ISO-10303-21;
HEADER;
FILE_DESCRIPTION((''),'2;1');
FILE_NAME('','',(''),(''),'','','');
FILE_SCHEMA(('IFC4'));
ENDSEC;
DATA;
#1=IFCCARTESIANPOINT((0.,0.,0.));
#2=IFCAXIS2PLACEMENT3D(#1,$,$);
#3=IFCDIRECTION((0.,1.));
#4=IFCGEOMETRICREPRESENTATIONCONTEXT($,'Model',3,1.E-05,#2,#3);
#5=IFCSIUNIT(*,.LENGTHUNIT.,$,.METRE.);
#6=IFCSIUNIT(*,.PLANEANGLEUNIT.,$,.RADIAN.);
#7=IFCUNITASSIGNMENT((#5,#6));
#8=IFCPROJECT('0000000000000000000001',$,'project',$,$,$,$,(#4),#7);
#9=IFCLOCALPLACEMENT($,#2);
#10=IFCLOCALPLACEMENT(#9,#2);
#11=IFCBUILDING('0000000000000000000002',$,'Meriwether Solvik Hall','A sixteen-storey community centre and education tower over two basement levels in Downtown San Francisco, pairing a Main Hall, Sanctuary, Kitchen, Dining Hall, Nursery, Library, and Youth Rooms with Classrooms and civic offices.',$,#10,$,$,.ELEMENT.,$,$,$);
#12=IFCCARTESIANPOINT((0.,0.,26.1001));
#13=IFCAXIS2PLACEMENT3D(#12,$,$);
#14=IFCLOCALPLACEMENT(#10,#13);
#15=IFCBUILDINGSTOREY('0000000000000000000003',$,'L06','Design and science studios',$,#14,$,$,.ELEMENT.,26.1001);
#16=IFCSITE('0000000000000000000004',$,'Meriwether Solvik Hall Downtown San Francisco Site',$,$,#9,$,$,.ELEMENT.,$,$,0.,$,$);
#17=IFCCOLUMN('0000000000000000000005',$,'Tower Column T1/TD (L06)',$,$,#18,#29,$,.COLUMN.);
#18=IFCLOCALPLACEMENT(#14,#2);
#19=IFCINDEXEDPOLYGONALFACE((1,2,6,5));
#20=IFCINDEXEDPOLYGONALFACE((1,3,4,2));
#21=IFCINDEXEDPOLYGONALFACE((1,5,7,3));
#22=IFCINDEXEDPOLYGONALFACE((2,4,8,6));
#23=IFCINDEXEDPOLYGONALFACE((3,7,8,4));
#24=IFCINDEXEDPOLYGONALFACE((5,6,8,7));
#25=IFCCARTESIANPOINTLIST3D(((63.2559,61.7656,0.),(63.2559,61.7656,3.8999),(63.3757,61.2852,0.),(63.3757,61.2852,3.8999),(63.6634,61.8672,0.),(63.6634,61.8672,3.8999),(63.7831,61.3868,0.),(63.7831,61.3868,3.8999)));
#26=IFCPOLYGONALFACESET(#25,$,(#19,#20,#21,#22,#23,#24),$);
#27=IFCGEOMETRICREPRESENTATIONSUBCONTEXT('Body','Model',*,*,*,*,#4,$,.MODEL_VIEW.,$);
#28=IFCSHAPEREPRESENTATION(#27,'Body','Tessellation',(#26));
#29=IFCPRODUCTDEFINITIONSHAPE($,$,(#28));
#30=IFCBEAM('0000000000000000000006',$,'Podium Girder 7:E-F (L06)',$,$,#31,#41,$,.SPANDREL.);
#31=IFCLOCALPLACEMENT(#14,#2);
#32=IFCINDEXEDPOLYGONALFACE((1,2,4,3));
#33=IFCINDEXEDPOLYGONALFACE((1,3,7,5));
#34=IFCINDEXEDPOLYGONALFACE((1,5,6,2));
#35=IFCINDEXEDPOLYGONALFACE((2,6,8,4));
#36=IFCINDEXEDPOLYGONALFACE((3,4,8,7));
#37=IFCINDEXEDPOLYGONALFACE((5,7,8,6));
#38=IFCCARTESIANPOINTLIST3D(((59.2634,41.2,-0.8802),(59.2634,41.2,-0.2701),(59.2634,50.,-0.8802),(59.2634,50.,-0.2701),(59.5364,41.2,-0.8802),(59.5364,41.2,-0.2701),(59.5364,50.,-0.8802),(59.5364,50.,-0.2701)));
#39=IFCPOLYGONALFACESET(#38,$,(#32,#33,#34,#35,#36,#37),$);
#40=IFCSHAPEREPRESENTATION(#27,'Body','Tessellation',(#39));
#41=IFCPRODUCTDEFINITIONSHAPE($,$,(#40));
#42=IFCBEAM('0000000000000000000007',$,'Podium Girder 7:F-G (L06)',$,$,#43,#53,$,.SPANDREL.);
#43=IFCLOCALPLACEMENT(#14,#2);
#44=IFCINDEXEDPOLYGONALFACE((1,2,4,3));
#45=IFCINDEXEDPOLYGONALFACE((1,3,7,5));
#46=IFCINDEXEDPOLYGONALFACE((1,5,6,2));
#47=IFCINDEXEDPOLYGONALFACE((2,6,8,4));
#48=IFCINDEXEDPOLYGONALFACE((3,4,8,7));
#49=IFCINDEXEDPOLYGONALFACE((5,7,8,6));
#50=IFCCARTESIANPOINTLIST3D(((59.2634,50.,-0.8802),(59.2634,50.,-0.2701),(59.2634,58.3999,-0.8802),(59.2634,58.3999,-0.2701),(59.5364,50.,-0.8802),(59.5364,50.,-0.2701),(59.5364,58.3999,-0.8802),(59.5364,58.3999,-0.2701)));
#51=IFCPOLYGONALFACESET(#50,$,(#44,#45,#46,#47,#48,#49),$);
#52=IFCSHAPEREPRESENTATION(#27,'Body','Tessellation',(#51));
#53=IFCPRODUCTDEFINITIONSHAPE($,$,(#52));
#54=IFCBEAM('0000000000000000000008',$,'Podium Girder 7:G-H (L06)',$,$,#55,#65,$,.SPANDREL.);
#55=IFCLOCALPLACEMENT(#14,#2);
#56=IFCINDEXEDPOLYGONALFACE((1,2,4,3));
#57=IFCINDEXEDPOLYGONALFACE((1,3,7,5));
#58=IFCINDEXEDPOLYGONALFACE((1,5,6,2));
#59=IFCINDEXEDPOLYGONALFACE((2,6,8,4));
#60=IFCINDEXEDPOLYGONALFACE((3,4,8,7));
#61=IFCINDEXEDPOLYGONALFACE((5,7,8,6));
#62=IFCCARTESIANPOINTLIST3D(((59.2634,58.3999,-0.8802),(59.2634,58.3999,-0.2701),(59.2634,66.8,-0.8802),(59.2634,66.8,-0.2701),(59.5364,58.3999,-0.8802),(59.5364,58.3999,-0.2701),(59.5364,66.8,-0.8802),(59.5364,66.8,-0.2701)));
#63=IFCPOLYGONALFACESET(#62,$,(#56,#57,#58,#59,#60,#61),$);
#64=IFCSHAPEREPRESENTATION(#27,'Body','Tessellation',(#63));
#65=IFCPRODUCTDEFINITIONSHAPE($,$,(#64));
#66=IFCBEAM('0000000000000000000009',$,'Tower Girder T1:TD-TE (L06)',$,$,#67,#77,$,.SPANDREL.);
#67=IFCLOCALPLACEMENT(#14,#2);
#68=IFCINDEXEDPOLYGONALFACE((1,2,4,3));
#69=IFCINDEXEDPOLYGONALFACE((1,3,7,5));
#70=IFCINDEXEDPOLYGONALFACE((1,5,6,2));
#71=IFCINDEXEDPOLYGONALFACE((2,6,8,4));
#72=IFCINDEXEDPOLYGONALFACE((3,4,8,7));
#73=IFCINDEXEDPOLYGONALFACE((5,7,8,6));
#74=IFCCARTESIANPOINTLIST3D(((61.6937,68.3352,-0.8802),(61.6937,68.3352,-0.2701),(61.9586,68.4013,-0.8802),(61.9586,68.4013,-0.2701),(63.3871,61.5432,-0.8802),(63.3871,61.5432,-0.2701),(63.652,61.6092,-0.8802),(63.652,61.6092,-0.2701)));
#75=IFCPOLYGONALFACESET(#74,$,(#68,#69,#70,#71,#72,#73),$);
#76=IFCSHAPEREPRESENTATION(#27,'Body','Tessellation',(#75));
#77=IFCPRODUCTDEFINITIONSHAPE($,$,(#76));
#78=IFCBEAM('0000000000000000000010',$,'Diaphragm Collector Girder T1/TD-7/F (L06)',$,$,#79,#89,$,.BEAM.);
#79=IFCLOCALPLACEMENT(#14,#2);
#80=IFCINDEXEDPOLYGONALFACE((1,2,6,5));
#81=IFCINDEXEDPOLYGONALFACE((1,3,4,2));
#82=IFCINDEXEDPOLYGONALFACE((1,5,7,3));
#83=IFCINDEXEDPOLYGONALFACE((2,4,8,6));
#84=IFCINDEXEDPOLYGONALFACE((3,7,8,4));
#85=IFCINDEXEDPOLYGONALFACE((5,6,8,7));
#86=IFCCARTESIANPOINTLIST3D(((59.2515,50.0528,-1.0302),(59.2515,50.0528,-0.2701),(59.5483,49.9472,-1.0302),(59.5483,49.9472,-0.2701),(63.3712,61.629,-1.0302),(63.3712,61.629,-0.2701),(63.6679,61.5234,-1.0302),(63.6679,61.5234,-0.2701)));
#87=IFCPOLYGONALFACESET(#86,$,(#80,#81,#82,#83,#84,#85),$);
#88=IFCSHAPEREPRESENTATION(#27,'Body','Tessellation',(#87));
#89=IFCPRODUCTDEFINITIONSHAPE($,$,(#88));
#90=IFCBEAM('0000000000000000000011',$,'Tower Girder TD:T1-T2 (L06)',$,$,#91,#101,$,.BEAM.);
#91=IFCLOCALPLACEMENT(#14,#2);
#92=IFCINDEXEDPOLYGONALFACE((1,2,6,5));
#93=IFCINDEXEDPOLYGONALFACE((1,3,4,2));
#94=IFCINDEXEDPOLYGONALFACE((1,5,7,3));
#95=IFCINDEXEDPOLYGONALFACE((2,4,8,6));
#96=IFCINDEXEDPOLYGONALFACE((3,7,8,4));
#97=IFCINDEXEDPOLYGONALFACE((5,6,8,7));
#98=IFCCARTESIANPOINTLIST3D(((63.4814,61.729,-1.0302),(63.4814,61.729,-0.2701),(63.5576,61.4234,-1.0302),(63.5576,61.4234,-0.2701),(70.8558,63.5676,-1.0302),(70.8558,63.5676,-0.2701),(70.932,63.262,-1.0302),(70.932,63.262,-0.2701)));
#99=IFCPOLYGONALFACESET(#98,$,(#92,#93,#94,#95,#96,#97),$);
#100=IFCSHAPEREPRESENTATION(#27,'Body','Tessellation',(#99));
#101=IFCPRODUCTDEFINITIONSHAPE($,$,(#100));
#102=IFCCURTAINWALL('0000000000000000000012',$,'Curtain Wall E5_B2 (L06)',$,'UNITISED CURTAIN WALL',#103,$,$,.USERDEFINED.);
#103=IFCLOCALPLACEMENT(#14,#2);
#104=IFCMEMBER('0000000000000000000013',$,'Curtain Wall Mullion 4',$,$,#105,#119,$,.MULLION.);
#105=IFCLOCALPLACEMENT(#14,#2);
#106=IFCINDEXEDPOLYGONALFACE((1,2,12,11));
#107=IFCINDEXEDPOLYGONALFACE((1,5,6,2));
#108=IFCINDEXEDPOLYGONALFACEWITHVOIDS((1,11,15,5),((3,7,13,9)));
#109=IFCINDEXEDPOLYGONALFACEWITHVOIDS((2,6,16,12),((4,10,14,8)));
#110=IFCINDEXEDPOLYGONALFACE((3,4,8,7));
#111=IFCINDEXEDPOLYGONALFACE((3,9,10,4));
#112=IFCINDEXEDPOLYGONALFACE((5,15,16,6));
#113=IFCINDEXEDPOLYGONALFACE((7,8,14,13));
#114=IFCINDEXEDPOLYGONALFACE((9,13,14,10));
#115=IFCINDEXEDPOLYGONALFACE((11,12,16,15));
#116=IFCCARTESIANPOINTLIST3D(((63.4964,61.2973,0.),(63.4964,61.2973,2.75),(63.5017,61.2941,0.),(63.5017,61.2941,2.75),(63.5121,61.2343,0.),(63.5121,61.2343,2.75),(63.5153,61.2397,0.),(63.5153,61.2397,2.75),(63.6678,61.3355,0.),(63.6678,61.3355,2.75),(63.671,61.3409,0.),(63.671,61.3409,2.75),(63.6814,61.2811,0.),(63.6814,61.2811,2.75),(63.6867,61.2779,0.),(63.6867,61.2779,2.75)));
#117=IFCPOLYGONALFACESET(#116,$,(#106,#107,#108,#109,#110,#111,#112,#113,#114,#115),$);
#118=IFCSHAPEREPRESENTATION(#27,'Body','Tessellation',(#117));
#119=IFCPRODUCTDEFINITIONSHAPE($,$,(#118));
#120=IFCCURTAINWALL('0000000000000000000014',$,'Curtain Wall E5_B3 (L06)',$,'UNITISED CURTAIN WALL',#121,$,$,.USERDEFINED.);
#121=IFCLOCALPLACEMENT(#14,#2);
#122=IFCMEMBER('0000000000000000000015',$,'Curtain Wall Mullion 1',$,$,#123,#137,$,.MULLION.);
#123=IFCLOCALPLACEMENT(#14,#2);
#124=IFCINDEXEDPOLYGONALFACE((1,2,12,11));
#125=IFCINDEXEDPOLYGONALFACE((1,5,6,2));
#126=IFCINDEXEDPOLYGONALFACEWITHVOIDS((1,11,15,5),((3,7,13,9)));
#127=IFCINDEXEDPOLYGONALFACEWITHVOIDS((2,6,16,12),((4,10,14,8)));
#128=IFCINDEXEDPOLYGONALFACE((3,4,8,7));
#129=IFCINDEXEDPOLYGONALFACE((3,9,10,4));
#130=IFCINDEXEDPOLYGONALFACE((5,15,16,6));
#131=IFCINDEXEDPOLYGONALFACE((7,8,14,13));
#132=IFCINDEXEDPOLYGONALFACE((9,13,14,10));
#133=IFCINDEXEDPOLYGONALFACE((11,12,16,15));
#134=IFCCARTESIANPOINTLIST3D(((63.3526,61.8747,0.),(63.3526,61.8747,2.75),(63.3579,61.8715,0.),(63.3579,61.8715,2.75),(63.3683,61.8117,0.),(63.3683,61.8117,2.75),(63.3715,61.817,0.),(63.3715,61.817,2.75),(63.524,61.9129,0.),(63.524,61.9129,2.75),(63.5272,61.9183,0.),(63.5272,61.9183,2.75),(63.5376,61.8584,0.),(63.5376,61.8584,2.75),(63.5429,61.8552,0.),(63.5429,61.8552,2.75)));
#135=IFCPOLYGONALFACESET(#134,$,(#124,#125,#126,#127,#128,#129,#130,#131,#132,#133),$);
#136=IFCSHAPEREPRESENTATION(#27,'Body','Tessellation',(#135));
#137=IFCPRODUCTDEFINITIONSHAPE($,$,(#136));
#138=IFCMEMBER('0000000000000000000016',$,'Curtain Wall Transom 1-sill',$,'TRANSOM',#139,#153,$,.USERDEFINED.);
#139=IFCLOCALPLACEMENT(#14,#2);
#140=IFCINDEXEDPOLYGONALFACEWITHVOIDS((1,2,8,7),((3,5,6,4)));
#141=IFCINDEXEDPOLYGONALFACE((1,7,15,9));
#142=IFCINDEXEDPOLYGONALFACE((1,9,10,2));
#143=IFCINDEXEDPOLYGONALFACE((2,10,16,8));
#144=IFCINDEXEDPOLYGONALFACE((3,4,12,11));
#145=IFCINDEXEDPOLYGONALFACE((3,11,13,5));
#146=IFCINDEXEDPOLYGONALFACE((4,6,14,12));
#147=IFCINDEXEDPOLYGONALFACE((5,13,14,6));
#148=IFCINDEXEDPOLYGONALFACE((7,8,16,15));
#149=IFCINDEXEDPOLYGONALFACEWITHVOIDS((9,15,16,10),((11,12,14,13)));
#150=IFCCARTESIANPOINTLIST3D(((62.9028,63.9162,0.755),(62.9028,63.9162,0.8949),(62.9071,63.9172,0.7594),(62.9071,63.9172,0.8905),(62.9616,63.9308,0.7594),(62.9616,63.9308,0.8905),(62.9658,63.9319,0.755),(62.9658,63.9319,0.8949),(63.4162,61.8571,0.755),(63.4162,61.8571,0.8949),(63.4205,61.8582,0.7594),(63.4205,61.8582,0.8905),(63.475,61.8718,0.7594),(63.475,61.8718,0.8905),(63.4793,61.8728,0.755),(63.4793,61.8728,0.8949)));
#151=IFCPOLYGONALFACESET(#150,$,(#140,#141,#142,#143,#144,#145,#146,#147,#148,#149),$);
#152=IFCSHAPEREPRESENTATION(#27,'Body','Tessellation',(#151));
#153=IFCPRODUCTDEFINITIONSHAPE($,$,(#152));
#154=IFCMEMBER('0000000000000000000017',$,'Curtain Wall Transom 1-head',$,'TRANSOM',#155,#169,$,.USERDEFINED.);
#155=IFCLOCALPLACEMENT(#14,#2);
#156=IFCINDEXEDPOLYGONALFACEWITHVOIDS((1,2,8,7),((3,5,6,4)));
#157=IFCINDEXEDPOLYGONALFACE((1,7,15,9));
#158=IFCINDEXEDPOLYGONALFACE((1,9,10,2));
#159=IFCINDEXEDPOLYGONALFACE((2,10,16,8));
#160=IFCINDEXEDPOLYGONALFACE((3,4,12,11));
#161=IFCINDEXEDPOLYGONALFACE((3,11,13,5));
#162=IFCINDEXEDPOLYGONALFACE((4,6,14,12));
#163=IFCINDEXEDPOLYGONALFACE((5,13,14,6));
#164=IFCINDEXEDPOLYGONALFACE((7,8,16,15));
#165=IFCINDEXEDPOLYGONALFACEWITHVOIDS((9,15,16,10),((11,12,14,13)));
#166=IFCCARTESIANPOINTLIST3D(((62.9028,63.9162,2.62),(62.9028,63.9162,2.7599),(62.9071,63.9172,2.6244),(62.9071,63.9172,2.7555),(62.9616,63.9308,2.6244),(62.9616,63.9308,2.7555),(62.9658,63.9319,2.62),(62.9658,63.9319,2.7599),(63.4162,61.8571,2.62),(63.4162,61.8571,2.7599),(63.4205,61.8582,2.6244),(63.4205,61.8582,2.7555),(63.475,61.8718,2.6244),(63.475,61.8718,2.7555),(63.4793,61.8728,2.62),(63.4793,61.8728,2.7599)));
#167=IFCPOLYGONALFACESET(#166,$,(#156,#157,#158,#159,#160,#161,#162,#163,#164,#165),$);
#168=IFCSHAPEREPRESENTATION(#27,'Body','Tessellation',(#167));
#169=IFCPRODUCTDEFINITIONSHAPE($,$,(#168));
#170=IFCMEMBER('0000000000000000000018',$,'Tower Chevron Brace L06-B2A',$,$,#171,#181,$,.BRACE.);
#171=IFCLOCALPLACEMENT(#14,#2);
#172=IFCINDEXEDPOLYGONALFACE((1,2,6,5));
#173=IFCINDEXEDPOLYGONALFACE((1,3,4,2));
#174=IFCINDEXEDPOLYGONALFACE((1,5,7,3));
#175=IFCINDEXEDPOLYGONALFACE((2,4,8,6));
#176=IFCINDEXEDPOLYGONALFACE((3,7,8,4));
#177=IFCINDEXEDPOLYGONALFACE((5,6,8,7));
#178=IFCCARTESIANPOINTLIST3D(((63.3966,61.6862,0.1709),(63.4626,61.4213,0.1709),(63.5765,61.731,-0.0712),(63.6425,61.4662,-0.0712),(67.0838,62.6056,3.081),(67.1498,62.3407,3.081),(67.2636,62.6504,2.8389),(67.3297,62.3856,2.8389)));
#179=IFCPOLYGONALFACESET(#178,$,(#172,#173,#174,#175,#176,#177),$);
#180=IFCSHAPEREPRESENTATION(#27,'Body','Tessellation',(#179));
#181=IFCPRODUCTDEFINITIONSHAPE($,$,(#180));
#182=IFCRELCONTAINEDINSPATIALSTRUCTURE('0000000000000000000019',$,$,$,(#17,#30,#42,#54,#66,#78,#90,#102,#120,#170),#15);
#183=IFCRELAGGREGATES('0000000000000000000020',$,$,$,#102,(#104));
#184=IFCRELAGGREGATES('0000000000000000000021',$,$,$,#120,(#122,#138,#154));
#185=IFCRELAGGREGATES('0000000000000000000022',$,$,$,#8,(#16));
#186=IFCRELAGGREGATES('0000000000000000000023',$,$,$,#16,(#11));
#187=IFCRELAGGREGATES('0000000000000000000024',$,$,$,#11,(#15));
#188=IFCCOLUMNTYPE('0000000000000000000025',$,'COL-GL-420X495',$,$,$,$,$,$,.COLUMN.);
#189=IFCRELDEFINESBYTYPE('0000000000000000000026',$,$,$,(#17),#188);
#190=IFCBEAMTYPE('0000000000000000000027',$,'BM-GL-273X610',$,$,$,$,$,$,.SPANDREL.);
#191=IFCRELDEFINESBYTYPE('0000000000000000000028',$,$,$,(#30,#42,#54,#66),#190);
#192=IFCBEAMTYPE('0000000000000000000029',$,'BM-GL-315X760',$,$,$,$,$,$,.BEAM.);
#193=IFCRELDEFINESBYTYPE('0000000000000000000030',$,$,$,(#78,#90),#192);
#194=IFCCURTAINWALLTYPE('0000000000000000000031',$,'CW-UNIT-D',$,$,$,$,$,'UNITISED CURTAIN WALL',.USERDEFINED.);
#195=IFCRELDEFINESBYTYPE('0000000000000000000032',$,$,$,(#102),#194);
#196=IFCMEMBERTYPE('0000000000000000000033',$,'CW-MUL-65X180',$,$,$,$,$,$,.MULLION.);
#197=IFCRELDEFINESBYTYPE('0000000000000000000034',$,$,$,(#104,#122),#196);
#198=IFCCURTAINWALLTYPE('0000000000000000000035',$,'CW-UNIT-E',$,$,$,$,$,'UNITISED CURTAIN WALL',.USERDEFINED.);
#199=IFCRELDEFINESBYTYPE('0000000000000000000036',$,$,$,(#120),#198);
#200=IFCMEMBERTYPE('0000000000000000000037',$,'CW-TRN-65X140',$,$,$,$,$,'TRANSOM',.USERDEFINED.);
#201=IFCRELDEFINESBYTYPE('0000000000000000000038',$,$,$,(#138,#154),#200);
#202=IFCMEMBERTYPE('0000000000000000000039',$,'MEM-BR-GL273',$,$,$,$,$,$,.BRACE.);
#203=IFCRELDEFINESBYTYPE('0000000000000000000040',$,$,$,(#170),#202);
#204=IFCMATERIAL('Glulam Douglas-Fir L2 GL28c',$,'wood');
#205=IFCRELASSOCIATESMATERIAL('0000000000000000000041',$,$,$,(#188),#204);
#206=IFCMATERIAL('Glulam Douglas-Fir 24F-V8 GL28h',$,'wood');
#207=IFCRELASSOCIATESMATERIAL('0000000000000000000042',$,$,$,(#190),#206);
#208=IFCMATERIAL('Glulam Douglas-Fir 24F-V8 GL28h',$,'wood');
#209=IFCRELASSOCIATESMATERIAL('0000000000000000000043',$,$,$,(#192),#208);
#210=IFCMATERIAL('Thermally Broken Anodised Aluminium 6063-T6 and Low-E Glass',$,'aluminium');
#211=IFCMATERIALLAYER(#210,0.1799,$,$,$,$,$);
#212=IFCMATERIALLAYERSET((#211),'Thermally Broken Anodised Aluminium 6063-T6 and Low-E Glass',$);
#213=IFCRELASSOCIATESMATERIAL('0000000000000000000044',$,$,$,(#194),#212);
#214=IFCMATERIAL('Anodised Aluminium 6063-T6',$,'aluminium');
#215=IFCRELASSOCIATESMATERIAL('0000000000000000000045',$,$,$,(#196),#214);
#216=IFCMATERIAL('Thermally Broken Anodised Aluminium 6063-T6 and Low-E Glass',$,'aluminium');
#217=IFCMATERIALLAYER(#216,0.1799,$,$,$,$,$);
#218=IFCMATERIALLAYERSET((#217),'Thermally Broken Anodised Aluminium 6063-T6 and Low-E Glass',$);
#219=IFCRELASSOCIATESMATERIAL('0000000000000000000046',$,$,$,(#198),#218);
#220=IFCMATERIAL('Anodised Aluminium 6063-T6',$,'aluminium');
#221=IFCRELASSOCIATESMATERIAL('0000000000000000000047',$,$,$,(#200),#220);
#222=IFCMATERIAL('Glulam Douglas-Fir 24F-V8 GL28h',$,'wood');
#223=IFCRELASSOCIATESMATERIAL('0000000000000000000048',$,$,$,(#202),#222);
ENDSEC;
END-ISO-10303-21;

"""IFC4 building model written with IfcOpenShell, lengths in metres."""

from ifc_helpers import new_model, si_unit, direction, frame, origin, origin_2d, place, context, subcontext, project, spatial, rectangle, hollow_rectangle, extrude, material, layer, layer_set, material_profile, profile_set, type_object, element, aggregate, save


model = new_model("IFC4")

# Units and contexts
model_context = context("Model", 3, precision=1e-05, world=origin(), true_north=direction((0.0, 1.0)))
body_context = subcontext(model_context, "Body", "Model", "MODEL_VIEW")
ifc_project = project(units=[si_unit("LENGTHUNIT", "METRE"), si_unit("PLANEANGLEUNIT", "RADIAN")], contexts=[model_context])

# Site, building, storey
site_placement = place(None, origin())
site = spatial("IfcSite", under=ifc_project, at=site_placement, Name="Meriwether Solvik Hall Downtown San Francisco Site", CompositionType="ELEMENT", RefElevation=0.0)
building_placement = place(site_placement, origin())
building = spatial("IfcBuilding", under=site, at=building_placement, Name="Meriwether Solvik Hall", Description="A sixteen-storey community centre and education tower over two basement levels in Downtown San Francisco, pairing a Main Hall, Sanctuary, Kitchen, Dining Hall, Nursery, Library, and Youth Rooms with Classrooms and civic offices.", CompositionType="ELEMENT")
storey_placement = place(building_placement, frame((0.0, 0.0, 26.1001)))
storey = spatial("IfcBuildingStorey", under=building, at=storey_placement, Name="L06", Description="Design and science studios", CompositionType="ELEMENT", Elevation=26.1001)

# Column
ifc_material_1 = material(Name="Glulam Douglas-Fir L2 GL28c", Category="wood")
ifc_material_profile_1 = material_profile(ifc_material_1, rectangle(XDim=0.4199, YDim=0.4951, at=origin_2d()), Name="GLC-420X495")
ifc_profile_set_1 = profile_set([ifc_material_profile_1], Name="Glulam Douglas-Fir L2 GL28c")
column_type = type_object("IfcColumnType", Name="COL-GL-420X495", PredefinedType="COLUMN", material=ifc_profile_set_1)
column_placement = place(storey_placement, frame((63.5195, 61.5762, 0.0), z_axis=(0.0, 0.0, 1.0), x_axis=(0.970296, 0.241922, 0.0)))
element("IfcColumn", 1, at=column_placement, inside=storey, type_object=column_type, Name="Tower Column T1/TD (L06)", PredefinedType="COLUMN", context=body_context, shape_type="SweptSolid", body=[
    extrude(rectangle(XDim=0.4199, YDim=0.4951, at=origin_2d()), origin(), (0.0, 0.0, 1.0), 3.8999),
])

# Beams
ifc_material_2 = material(Name="Glulam Douglas-Fir 24F-V8 GL28h", Category="wood")
ifc_material_profile_2 = material_profile(ifc_material_2, rectangle(XDim=0.2729, YDim=0.6101, at=origin_2d()), Name="GLB-273X610")
ifc_profile_set_2 = profile_set([ifc_material_profile_2], Name="Glulam Douglas-Fir 24F-V8 GL28h")
beam_type_1 = type_object("IfcBeamType", Name="BM-GL-273X610", PredefinedType="SPANDREL", material=ifc_profile_set_2)
beam_1_placement = place(storey_placement, frame((59.3999, 41.2, -0.5752), z_axis=(0.0, 1.0, 0.0), x_axis=(-1.0, 0.0, 0.0)))
element("IfcBeam", 2, at=beam_1_placement, inside=storey, type_object=beam_type_1, Name="Podium Girder 7:E-F (L06)", PredefinedType="SPANDREL", context=body_context, shape_type="SweptSolid", body=[
    extrude(rectangle(XDim=0.2729, YDim=0.6101, at=origin_2d()), origin(), (0.0, 0.0, 1.0), 8.8),
])
beam_2_placement = place(storey_placement, frame((59.3999, 50.0, -0.5752), z_axis=(0.0, 1.0, 0.0), x_axis=(-1.0, 0.0, 0.0)))
element("IfcBeam", 3, at=beam_2_placement, inside=storey, type_object=beam_type_1, Name="Podium Girder 7:F-G (L06)", PredefinedType="SPANDREL", context=body_context, shape_type="SweptSolid", body=[
    extrude(rectangle(XDim=0.2729, YDim=0.6101, at=origin_2d()), origin(), (0.0, 0.0, 1.0), 8.3999),
])
beam_3_placement = place(storey_placement, frame((59.3999, 58.3999, -0.5752), z_axis=(0.0, 1.0, 0.0), x_axis=(-1.0, 0.0, 0.0)))
element("IfcBeam", 4, at=beam_3_placement, inside=storey, type_object=beam_type_1, Name="Podium Girder 7:G-H (L06)", PredefinedType="SPANDREL", context=body_context, shape_type="SweptSolid", body=[
    extrude(rectangle(XDim=0.2729, YDim=0.6101, at=origin_2d()), origin(), (0.0, 0.0, 1.0), 8.4001),
])
beam_4_placement = place(storey_placement, frame((63.5195, 61.5762, -0.5752), z_axis=(-0.241912, 0.970298, 0.0), x_axis=(-0.970298, -0.241912, 0.0)))
element("IfcBeam", 5, at=beam_4_placement, inside=storey, type_object=beam_type_1, Name="Tower Girder T1:TD-TE (L06)", PredefinedType="SPANDREL", context=body_context, shape_type="SweptSolid", body=[
    extrude(rectangle(XDim=0.2729, YDim=0.6101, at=origin_2d()), origin(), (0.0, 0.0, 1.0), 7.0),
])
ifc_material_3 = material(Name="Glulam Douglas-Fir 24F-V8 GL28h", Category="wood")
ifc_material_profile_3 = material_profile(ifc_material_3, rectangle(XDim=0.3149, YDim=0.76, at=origin_2d()), Name="GLB-315X760")
ifc_profile_set_3 = profile_set([ifc_material_profile_3], Name="Glulam Douglas-Fir 24F-V8 GL28h")
beam_type_2 = type_object("IfcBeamType", Name="BM-GL-315X760", PredefinedType="BEAM", material=ifc_profile_set_3)
beam_5_placement = place(storey_placement, frame((63.5195, 61.5762, -0.6501), z_axis=(-0.335274, -0.942121, 0.0), x_axis=(0.942121, -0.335274, 0.0)))
element("IfcBeam", 6, at=beam_5_placement, inside=storey, type_object=beam_type_2, Name="Diaphragm Collector Girder T1/TD-7/F (L06)", PredefinedType="BEAM", context=body_context, shape_type="SweptSolid", body=[
    extrude(rectangle(XDim=0.3149, YDim=0.76, at=origin_2d()), origin(), (0.0, 0.0, 1.0), 12.2874),
])
beam_6_placement = place(storey_placement, frame((63.5195, 61.5762, -0.6501), z_axis=(0.970295, 0.241923, 0.0), x_axis=(-0.241923, 0.970295, 0.0)))
element("IfcBeam", 7, at=beam_6_placement, inside=storey, type_object=beam_type_2, Name="Tower Girder TD:T1-T2 (L06)", PredefinedType="BEAM", context=body_context, shape_type="SweptSolid", body=[
    extrude(rectangle(XDim=0.3149, YDim=0.76, at=origin_2d()), origin(), (0.0, 0.0, 1.0), 7.6001),
])

# Curtain wall, member
ifc_material_4 = material(Name="Thermally Broken Anodised Aluminium 6063-T6 and Low-E Glass", Category="aluminium")
ifc_layer_1 = layer(ifc_material_4, 0.1799)
ifc_layer_set_1 = layer_set([ifc_layer_1], Name="Thermally Broken Anodised Aluminium 6063-T6 and Low-E Glass")
curtain_wall_type_1 = type_object("IfcCurtainWallType", Name="CW-UNIT-D", ElementType="UNITISED CURTAIN WALL", PredefinedType="USERDEFINED", material=ifc_layer_set_1)
curtain_wall_1_placement = place(storey_placement, origin())
curtain_wall_1 = element("IfcCurtainWall", 8, at=curtain_wall_1_placement, inside=storey, type_object=curtain_wall_type_1, Name="Curtain Wall E5_B2 (L06)", ObjectType="UNITISED CURTAIN WALL", PredefinedType="USERDEFINED")
ifc_material_5 = material(Name="Anodised Aluminium 6063-T6", Category="aluminium")
ifc_material_profile_4 = material_profile(ifc_material_5, hollow_rectangle(XDim=0.0649, YDim=0.1799, WallThickness=0.0044, at=origin_2d()), Name="CWM-65X180")
ifc_profile_set_4 = profile_set([ifc_material_profile_4], Name="Anodised Aluminium 6063-T6")
member_type_1 = type_object("IfcMemberType", Name="CW-MUL-65X180", PredefinedType="MULLION", material=ifc_profile_set_4)
member_1_placement = place(storey_placement, frame((63.5916, 61.2876, 0.0), z_axis=(0.0, 0.0, 1.0), x_axis=(-0.241922, 0.970296, 0.0)))
member_1 = element("IfcMember", 9, at=member_1_placement, type_object=member_type_1, Name="Curtain Wall Mullion 4", PredefinedType="MULLION", context=body_context, shape_type="SweptSolid", body=[
    extrude(hollow_rectangle(XDim=0.0649, YDim=0.1799, WallThickness=0.0044, at=origin_2d()), origin(), (0.0, 0.0, 1.0), 2.75),
])
aggregate(curtain_wall_1, [member_1])

# Curtain wall, members
ifc_material_6 = material(Name="Thermally Broken Anodised Aluminium 6063-T6 and Low-E Glass", Category="aluminium")
ifc_layer_2 = layer(ifc_material_6, 0.1799)
ifc_layer_set_2 = layer_set([ifc_layer_2], Name="Thermally Broken Anodised Aluminium 6063-T6 and Low-E Glass")
curtain_wall_type_2 = type_object("IfcCurtainWallType", Name="CW-UNIT-E", ElementType="UNITISED CURTAIN WALL", PredefinedType="USERDEFINED", material=ifc_layer_set_2)
curtain_wall_2_placement = place(storey_placement, origin())
curtain_wall_2 = element("IfcCurtainWall", 10, at=curtain_wall_2_placement, inside=storey, type_object=curtain_wall_type_2, Name="Curtain Wall E5_B3 (L06)", ObjectType="UNITISED CURTAIN WALL", PredefinedType="USERDEFINED")
member_2_placement = place(storey_placement, frame((63.4478, 61.865, 0.0), z_axis=(0.0, 0.0, 1.0), x_axis=(-0.241922, 0.970296, 0.0)))
member_2 = element("IfcMember", 11, at=member_2_placement, type_object=member_type_1, Name="Curtain Wall Mullion 1", PredefinedType="MULLION", context=body_context, shape_type="SweptSolid", body=[
    extrude(hollow_rectangle(XDim=0.0649, YDim=0.1799, WallThickness=0.0044, at=origin_2d()), origin(), (0.0, 0.0, 1.0), 2.75),
])
ifc_material_7 = material(Name="Anodised Aluminium 6063-T6", Category="aluminium")
ifc_material_profile_5 = material_profile(ifc_material_7, hollow_rectangle(XDim=0.0649, YDim=0.1399, WallThickness=0.0044, at=origin_2d()), Name="CWT-65X140")
ifc_profile_set_5 = profile_set([ifc_material_profile_5], Name="Anodised Aluminium 6063-T6")
member_type_2 = type_object("IfcMemberType", Name="CW-TRN-65X140", ElementType="TRANSOM", PredefinedType="USERDEFINED", material=ifc_profile_set_5)
member_3_placement = place(storey_placement, frame((63.4478, 61.865, 0.825), z_axis=(-0.24194, 0.970291, 0.0), x_axis=(-0.970291, -0.24194, 0.0)))
member_3 = element("IfcMember", 12, at=member_3_placement, type_object=member_type_2, Name="Curtain Wall Transom 1-sill", ObjectType="TRANSOM", PredefinedType="USERDEFINED", context=body_context, shape_type="SweptSolid", body=[
    extrude(hollow_rectangle(XDim=0.0649, YDim=0.1399, WallThickness=0.0044, at=origin_2d()), origin(), (0.0, 0.0, 1.0), 2.1221),
])
member_4_placement = place(storey_placement, frame((63.4478, 61.865, 2.6899), z_axis=(-0.24194, 0.970291, 0.0), x_axis=(-0.970291, -0.24194, 0.0)))
member_4 = element("IfcMember", 13, at=member_4_placement, type_object=member_type_2, Name="Curtain Wall Transom 1-head", ObjectType="TRANSOM", PredefinedType="USERDEFINED", context=body_context, shape_type="SweptSolid", body=[
    extrude(hollow_rectangle(XDim=0.0649, YDim=0.1399, WallThickness=0.0044, at=origin_2d()), origin(), (0.0, 0.0, 1.0), 2.1221),
])
aggregate(curtain_wall_2, [member_2, member_3, member_4])

# Member
ifc_material_8 = material(Name="Glulam Douglas-Fir 24F-V8 GL28h", Category="wood")
ifc_material_profile_6 = material_profile(ifc_material_8, rectangle(XDim=0.2729, YDim=0.3049, at=origin_2d()), Name="GLM-273X305")
ifc_profile_set_6 = profile_set([ifc_material_profile_6], Name="Glulam Douglas-Fir 24F-V8 GL28h")
member_type_3 = type_object("IfcMemberType", Name="MEM-BR-GL273", PredefinedType="BRACE", material=ifc_profile_set_6)
member_5_placement = place(storey_placement, frame((63.5195, 61.5762, 0.0498), z_axis=(0.770351, 0.19209, 0.607997), x_axis=(-0.241946, 0.97029, 0.0)))
element("IfcMember", 14, at=member_5_placement, inside=storey, type_object=member_type_3, Name="Tower Chevron Brace L06-B2A", PredefinedType="BRACE", context=body_context, shape_type="SweptSolid", body=[
    extrude(rectangle(XDim=0.2729, YDim=0.3049, at=origin_2d()), origin(), (0.0, 0.0, 1.0), 4.7864),
])

save(model, "model.ifc")
